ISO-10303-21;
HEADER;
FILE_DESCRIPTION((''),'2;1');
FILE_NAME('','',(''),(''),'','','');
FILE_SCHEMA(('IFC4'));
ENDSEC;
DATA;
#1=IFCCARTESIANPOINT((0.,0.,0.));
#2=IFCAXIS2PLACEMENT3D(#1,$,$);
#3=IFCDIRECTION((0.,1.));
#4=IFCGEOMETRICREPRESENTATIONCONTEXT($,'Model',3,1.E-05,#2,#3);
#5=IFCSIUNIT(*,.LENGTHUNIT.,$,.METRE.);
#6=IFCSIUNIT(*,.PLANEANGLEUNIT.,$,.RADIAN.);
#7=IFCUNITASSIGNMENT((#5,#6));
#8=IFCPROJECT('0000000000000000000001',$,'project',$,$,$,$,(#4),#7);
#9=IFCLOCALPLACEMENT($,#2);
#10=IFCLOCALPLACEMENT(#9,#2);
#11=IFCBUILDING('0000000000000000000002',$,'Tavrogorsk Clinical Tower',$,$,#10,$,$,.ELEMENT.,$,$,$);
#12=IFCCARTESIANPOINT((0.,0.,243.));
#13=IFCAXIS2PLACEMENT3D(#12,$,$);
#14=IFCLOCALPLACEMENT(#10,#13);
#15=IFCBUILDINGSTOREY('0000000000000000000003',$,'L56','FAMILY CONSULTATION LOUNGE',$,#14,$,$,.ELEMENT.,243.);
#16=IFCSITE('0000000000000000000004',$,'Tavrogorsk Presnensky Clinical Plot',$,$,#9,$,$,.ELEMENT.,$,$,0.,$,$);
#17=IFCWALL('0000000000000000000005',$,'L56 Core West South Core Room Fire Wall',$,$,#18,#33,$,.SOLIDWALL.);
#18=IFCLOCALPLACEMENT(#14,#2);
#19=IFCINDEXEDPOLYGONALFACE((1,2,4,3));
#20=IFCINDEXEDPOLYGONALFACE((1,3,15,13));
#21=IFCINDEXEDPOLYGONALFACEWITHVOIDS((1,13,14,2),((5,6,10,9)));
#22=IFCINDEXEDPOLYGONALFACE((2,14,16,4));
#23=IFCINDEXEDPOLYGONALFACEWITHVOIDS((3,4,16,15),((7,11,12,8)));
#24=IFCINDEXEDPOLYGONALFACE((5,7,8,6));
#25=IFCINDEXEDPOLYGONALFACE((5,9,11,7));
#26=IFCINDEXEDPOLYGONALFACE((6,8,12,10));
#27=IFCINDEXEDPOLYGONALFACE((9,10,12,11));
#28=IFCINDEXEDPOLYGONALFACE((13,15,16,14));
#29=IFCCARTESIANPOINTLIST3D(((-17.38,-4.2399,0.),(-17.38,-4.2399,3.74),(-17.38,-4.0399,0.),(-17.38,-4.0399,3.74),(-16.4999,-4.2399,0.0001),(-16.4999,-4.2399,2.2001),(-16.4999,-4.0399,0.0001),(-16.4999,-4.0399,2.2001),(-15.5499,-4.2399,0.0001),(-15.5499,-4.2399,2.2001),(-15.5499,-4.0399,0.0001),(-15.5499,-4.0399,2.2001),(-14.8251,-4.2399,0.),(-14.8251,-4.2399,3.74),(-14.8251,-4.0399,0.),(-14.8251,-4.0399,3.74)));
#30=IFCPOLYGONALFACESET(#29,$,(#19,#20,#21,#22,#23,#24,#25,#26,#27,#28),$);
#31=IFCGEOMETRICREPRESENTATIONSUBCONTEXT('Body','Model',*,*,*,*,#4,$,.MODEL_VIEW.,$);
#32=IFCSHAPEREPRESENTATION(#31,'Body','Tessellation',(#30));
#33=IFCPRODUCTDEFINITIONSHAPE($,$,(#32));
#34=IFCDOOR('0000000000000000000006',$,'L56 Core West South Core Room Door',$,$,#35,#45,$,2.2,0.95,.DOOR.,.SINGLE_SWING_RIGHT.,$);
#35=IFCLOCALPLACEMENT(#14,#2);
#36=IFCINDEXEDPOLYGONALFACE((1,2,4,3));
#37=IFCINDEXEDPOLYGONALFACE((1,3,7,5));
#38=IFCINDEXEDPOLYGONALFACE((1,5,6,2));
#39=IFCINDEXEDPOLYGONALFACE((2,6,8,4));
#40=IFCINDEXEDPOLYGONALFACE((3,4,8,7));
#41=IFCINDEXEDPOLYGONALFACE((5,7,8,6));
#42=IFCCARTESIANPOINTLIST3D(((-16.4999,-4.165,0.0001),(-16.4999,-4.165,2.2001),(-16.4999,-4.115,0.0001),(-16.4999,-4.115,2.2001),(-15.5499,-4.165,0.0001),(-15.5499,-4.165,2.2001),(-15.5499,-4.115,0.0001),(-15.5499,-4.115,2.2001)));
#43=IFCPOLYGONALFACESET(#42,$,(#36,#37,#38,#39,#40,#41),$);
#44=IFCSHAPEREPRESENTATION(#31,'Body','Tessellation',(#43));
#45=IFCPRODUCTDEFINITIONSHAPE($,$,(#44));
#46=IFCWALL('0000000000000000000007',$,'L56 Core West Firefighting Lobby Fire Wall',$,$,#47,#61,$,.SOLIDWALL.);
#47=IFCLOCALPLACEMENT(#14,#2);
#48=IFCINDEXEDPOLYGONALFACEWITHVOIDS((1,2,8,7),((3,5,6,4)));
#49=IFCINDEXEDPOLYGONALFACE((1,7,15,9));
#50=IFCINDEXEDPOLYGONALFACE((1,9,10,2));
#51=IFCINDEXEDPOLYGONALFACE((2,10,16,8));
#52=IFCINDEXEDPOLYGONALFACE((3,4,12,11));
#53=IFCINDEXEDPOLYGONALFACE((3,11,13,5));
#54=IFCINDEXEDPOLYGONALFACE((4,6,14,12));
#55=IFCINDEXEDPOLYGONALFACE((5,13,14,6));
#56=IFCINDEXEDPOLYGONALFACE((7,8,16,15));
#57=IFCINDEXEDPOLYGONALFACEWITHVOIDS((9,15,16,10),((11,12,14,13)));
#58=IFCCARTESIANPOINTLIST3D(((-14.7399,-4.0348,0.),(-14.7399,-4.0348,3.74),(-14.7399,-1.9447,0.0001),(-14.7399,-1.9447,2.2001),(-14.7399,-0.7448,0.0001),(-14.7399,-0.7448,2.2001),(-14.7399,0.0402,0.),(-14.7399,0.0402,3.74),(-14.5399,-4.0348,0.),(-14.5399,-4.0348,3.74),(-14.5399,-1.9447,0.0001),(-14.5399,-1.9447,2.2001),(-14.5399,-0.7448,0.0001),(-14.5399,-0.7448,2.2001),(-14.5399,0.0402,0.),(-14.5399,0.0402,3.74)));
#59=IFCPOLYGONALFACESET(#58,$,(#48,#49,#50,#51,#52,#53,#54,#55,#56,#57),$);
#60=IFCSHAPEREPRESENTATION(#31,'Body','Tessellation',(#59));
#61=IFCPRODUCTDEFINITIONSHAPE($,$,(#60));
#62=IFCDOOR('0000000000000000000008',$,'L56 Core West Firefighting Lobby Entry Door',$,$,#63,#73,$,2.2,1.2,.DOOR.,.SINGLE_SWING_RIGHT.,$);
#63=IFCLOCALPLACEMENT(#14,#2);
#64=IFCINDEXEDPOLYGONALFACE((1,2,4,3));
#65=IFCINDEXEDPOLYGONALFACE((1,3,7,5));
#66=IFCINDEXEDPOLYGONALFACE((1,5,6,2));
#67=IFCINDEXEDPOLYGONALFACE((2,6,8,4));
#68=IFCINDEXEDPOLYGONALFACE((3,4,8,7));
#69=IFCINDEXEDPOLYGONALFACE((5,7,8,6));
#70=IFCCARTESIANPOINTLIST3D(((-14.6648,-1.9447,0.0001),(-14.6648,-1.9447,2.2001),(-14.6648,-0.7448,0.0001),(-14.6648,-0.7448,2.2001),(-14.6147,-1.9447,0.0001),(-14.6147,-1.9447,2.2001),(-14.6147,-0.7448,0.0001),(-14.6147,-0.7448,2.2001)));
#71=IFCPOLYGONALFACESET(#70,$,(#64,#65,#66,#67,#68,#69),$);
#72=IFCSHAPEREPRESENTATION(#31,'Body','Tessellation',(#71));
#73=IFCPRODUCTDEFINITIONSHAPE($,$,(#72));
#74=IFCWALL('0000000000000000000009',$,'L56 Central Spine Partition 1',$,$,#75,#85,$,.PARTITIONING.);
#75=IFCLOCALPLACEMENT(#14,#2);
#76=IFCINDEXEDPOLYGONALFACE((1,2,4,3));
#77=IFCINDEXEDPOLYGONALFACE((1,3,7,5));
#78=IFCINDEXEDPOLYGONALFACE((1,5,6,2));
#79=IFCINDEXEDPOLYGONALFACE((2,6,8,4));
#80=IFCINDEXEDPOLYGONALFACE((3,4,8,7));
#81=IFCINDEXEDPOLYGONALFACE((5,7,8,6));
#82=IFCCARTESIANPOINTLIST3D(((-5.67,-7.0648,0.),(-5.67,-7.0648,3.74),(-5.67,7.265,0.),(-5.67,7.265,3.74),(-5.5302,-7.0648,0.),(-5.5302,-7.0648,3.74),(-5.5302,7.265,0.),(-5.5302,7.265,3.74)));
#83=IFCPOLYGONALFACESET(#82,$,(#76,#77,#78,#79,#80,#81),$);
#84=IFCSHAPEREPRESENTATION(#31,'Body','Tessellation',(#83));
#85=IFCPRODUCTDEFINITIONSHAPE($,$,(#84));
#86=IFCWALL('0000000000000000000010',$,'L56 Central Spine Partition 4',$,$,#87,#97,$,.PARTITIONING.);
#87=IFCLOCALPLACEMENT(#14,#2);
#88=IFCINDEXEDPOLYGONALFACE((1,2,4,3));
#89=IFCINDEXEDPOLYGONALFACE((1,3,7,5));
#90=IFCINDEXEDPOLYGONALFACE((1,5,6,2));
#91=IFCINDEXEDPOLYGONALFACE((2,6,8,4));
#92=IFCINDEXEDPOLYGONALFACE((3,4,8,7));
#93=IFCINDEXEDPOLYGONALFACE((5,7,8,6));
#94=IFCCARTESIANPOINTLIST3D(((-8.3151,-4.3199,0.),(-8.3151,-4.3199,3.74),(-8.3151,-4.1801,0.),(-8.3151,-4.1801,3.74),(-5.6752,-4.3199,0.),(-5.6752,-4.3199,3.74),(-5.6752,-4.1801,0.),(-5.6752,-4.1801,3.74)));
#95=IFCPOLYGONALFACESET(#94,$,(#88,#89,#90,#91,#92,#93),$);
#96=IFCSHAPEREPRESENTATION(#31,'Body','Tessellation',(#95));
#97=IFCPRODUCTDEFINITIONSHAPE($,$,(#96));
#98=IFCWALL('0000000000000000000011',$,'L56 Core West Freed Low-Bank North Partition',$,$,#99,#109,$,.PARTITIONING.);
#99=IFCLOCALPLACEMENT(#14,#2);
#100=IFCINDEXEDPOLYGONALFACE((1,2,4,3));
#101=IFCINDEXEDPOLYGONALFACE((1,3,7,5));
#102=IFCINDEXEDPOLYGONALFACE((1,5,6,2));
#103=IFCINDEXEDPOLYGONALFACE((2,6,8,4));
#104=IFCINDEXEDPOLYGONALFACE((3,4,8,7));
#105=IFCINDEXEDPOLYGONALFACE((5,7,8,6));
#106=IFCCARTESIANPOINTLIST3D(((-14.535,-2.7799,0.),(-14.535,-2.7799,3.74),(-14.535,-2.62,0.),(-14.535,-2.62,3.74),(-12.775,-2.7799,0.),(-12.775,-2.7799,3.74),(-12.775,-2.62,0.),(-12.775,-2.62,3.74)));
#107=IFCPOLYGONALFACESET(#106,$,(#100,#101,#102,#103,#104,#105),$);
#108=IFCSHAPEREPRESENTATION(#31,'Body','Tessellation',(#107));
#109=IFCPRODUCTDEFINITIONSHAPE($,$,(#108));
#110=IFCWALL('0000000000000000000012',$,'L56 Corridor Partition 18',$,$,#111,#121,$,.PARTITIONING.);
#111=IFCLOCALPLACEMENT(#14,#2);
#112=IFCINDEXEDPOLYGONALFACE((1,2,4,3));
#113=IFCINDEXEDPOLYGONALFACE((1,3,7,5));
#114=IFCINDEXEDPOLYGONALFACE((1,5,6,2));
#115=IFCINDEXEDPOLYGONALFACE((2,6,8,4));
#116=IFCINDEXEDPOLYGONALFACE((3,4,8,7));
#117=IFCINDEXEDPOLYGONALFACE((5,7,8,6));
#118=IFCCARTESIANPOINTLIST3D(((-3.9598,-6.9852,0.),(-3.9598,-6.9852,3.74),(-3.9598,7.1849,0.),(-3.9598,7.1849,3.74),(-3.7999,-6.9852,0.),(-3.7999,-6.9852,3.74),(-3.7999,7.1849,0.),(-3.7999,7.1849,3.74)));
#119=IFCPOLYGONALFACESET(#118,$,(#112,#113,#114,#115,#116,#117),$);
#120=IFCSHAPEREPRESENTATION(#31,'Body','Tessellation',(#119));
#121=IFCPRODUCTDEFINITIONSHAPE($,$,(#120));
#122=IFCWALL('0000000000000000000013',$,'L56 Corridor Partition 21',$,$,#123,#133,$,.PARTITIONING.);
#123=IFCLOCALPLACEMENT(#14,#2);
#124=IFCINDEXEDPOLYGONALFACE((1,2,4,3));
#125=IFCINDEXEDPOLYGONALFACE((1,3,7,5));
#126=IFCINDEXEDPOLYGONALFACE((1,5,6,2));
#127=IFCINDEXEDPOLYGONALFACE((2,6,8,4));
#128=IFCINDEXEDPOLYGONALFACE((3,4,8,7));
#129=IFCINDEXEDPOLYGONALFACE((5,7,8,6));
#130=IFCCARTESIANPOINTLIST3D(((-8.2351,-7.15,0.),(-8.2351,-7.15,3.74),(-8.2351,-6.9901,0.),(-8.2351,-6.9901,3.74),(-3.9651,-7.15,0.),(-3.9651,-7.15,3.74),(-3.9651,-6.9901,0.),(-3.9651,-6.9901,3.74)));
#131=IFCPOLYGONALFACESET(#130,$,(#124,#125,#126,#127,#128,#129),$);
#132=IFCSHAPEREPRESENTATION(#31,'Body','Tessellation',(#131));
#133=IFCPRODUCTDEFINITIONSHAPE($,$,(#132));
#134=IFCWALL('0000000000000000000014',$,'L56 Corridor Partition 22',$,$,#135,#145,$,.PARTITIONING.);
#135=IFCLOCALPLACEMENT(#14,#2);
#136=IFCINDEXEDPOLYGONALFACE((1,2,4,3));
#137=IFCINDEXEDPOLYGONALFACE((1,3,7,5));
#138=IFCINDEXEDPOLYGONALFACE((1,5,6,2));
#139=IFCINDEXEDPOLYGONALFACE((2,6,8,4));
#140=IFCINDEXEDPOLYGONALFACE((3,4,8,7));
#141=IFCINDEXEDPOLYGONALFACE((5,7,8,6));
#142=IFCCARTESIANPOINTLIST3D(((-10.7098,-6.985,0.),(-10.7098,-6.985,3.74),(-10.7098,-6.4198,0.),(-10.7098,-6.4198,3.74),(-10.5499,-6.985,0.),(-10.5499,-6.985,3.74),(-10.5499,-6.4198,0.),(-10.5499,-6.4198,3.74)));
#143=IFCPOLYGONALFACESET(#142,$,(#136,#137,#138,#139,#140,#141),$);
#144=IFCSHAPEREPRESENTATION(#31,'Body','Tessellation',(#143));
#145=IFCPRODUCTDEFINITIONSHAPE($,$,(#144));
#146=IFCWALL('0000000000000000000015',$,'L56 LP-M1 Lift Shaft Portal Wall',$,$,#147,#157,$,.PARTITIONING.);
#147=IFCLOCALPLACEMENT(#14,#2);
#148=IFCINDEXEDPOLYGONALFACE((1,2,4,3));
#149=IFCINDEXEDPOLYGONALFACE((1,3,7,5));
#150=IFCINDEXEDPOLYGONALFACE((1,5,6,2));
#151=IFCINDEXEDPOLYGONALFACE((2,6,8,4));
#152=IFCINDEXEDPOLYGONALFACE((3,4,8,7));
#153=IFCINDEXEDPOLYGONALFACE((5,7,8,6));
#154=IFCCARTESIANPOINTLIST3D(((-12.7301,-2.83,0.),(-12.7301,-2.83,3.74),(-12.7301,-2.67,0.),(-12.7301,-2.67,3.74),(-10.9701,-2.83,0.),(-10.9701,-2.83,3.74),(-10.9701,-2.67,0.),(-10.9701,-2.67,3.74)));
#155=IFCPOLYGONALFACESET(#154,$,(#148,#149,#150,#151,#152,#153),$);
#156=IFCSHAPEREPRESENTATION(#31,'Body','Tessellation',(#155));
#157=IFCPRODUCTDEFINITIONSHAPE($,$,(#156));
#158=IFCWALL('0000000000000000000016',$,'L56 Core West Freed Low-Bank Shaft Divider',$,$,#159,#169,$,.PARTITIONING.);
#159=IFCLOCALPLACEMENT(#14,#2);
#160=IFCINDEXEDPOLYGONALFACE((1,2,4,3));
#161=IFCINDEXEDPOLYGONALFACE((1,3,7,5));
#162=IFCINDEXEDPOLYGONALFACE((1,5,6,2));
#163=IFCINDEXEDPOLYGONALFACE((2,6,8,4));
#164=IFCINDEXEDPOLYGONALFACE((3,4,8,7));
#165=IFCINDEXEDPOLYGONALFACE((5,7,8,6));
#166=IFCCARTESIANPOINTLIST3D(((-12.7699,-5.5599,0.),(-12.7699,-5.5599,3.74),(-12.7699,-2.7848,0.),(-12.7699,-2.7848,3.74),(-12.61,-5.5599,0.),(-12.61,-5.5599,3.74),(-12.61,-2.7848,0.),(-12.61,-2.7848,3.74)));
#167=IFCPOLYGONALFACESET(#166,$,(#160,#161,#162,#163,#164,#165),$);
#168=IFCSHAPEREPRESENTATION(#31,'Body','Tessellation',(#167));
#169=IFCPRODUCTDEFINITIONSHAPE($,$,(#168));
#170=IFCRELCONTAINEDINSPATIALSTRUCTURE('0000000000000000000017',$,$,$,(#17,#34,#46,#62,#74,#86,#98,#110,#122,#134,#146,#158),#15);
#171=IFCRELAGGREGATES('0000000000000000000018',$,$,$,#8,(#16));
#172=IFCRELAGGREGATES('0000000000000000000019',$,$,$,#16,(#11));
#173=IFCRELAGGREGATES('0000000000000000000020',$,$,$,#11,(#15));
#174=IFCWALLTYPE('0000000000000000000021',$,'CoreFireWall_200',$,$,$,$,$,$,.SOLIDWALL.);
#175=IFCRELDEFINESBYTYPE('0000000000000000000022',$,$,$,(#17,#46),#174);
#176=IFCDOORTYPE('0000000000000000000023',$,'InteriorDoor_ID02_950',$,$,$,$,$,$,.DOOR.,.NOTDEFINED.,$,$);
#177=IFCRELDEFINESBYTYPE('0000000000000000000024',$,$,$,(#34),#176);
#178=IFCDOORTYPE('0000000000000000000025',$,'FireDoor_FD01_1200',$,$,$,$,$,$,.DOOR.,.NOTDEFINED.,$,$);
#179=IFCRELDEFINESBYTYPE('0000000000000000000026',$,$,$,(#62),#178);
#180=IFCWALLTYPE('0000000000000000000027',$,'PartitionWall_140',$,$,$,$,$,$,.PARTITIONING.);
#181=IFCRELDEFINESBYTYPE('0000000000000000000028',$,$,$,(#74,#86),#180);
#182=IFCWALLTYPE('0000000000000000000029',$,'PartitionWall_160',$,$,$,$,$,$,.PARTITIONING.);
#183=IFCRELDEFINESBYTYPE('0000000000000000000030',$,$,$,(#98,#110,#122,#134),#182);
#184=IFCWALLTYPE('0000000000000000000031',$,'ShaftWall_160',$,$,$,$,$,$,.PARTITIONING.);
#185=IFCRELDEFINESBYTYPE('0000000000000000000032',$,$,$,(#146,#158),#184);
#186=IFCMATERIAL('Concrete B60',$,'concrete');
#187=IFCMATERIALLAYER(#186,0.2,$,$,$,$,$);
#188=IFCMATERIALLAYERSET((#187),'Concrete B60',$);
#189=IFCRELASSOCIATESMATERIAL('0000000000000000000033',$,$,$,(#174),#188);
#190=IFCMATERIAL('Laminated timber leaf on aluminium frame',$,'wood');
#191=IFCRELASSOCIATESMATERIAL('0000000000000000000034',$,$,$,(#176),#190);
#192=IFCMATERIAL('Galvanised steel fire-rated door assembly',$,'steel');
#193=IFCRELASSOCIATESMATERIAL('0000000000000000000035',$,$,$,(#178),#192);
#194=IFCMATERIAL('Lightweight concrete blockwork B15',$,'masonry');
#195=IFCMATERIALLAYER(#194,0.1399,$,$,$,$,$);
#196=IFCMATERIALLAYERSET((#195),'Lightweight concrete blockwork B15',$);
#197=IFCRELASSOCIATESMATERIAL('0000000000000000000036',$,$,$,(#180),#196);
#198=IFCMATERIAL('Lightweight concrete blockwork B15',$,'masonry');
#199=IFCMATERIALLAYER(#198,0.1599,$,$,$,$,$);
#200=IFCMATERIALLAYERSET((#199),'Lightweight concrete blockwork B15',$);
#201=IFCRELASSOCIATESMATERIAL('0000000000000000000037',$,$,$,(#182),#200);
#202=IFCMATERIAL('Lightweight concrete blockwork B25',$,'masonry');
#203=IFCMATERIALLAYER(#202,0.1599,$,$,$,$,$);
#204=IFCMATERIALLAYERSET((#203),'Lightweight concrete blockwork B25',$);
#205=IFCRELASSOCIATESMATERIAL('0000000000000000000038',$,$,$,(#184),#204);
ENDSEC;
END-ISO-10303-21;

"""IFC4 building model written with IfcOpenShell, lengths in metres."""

from ifc_helpers import new_model, si_unit, direction, frame, frame_2d, origin, place, context, subcontext, project, spatial, rectangle, extrude, material, layer, layer_set, type_object, element, fill, save


model = new_model("IFC4")

# Units and contexts
model_context = context("Model", 3, precision=1e-05, world=origin(), true_north=direction((0.0, 1.0)))
body_context = subcontext(model_context, "Body", "Model", "MODEL_VIEW")
ifc_project = project(units=[si_unit("LENGTHUNIT", "METRE"), si_unit("PLANEANGLEUNIT", "RADIAN")], contexts=[model_context])

# Site, building, storey
site_placement = place(None, origin())
site = spatial("IfcSite", under=ifc_project, at=site_placement, Name="Tavrogorsk Presnensky Clinical Plot", CompositionType="ELEMENT", RefElevation=0.0)
building_placement = place(site_placement, origin())
building = spatial("IfcBuilding", under=site, at=building_placement, Name="Tavrogorsk Clinical Tower", CompositionType="ELEMENT")
storey_placement = place(building_placement, frame((0.0, 0.0, 243.0)))
storey = spatial("IfcBuildingStorey", under=building, at=storey_placement, Name="L56", Description="FAMILY CONSULTATION LOUNGE", CompositionType="ELEMENT", Elevation=243.0)

# Walls, openings, doors
ifc_material_1 = material(Name="Concrete B60", Category="concrete")
ifc_layer_1 = layer(ifc_material_1, 0.2)
ifc_layer_set_1 = layer_set([ifc_layer_1], Name="Concrete B60")
wall_type_1 = type_object("IfcWallType", Name="CoreFireWall_200", PredefinedType="SOLIDWALL", material=ifc_layer_set_1)
wall_1_placement = place(storey_placement, frame((-17.3799, -4.1399, 0.0), z_axis=(0.0, 0.0, 1.0), x_axis=(1.0, 0.0, 0.0)))
wall_1 = element("IfcWall", 1, at=wall_1_placement, inside=storey, type_object=wall_type_1, Name="L56 Core West South Core Room Fire Wall", PredefinedType="SOLIDWALL", context=body_context, shape_type="SweptSolid", body=[
    extrude(rectangle(XDim=2.5549, YDim=0.2, at=frame_2d((1.2773, 0.0))), origin(), (0.0, 0.0, 1.0), 3.74),
])
opening_1_placement = place(wall_1_placement, frame((0.8799, 0.0, 0.0)))
opening_1 = element("IfcOpeningElement", 2, at=opening_1_placement, cuts=wall_1, PredefinedType="OPENING", context=body_context, shape_type="SweptSolid", body=[
    extrude(rectangle(XDim=0.95, YDim=2.2, at=frame_2d((0.4751, 1.1001))), frame((0.0, 0.1099, 0.0), z_axis=(0.0, -1.0, 0.0), x_axis=(1.0, 0.0, 0.0)), (0.0, 0.0, 1.0), 0.22),
])
ifc_material_2 = material(Name="Laminated timber leaf on aluminium frame", Category="wood")
door_type_1 = type_object("IfcDoorType", Name="InteriorDoor_ID02_950", OperationType="NOTDEFINED", PredefinedType="DOOR", material=ifc_material_2)
door_1_placement = place(opening_1_placement, origin())
door_1 = element("IfcDoor", 3, at=door_1_placement, inside=storey, type_object=door_type_1, Name="L56 Core West South Core Room Door", OperationType="SINGLE_SWING_RIGHT", OverallHeight=2.2, OverallWidth=0.95, PredefinedType="DOOR", context=body_context, shape_type="SweptSolid", body=[
    extrude(rectangle(XDim=0.95, YDim=2.2, at=frame_2d((0.4751, 1.1001))), frame((0.0, 0.0249, 0.0), z_axis=(0.0, -1.0, 0.0), x_axis=(1.0, 0.0, 0.0)), (0.0, 0.0, 1.0), 0.05),
])
fill(opening_1, door_1)
wall_2_placement = place(storey_placement, frame((-14.6399, -4.0349, 0.0), z_axis=(0.0, 0.0, 1.0), x_axis=(0.0, 1.0, 0.0)))
wall_2 = element("IfcWall", 4, at=wall_2_placement, inside=storey, type_object=wall_type_1, Name="L56 Core West Firefighting Lobby Fire Wall", PredefinedType="SOLIDWALL", context=body_context, shape_type="SweptSolid", body=[
    extrude(rectangle(XDim=4.075, YDim=0.2, at=frame_2d((2.0376, 0.0))), origin(), (0.0, 0.0, 1.0), 3.74),
])
opening_2_placement = place(wall_2_placement, frame((2.0901, 0.0, 0.0)))
opening_2 = element("IfcOpeningElement", 5, at=opening_2_placement, cuts=wall_2, PredefinedType="OPENING", context=body_context, shape_type="SweptSolid", body=[
    extrude(rectangle(XDim=1.2, YDim=2.2, at=frame_2d((0.6001, 1.1001))), frame((0.0, 0.1099, 0.0), z_axis=(0.0, -1.0, 0.0), x_axis=(1.0, 0.0, 0.0)), (0.0, 0.0, 1.0), 0.22),
])
ifc_material_3 = material(Name="Galvanised steel fire-rated door assembly", Category="steel")
door_type_2 = type_object("IfcDoorType", Name="FireDoor_FD01_1200", OperationType="NOTDEFINED", PredefinedType="DOOR", material=ifc_material_3)
door_2_placement = place(opening_2_placement, origin())
door_2 = element("IfcDoor", 6, at=door_2_placement, inside=storey, type_object=door_type_2, Name="L56 Core West Firefighting Lobby Entry Door", OperationType="SINGLE_SWING_RIGHT", OverallHeight=2.2, OverallWidth=1.2, PredefinedType="DOOR", context=body_context, shape_type="SweptSolid", body=[
    extrude(rectangle(XDim=1.2, YDim=2.2, at=frame_2d((0.6001, 1.1001))), frame((0.0, 0.0249, 0.0), z_axis=(0.0, -1.0, 0.0), x_axis=(1.0, 0.0, 0.0)), (0.0, 0.0, 1.0), 0.05),
])
fill(opening_2, door_2)

# Walls
ifc_material_4 = material(Name="Lightweight concrete blockwork B15", Category="masonry")
ifc_layer_2 = layer(ifc_material_4, 0.1399)
ifc_layer_set_2 = layer_set([ifc_layer_2], Name="Lightweight concrete blockwork B15")
wall_type_2 = type_object("IfcWallType", Name="PartitionWall_140", PredefinedType="PARTITIONING", material=ifc_layer_set_2)
wall_3_placement = place(storey_placement, frame((-5.6001, -7.0649, 0.0), z_axis=(0.0, 0.0, 1.0), x_axis=(0.0, 1.0, 0.0)))
element("IfcWall", 7, at=wall_3_placement, inside=storey, type_object=wall_type_2, Name="L56 Central Spine Partition 1", PredefinedType="PARTITIONING", context=body_context, shape_type="SweptSolid", body=[
    extrude(rectangle(XDim=14.3298, YDim=0.1399, at=frame_2d((7.165, 0.0))), origin(), (0.0, 0.0, 1.0), 3.74),
])
wall_4_placement = place(storey_placement, frame((-8.3149, -4.25, 0.0), z_axis=(0.0, 0.0, 1.0), x_axis=(1.0, 0.0, 0.0)))
element("IfcWall", 8, at=wall_4_placement, inside=storey, type_object=wall_type_2, Name="L56 Central Spine Partition 4", PredefinedType="PARTITIONING", context=body_context, shape_type="SweptSolid", body=[
    extrude(rectangle(XDim=2.6399, YDim=0.1399, at=frame_2d((1.3198, 0.0))), origin(), (0.0, 0.0, 1.0), 3.74),
])
ifc_material_5 = material(Name="Lightweight concrete blockwork B15", Category="masonry")
ifc_layer_3 = layer(ifc_material_5, 0.1599)
ifc_layer_set_3 = layer_set([ifc_layer_3], Name="Lightweight concrete blockwork B15")
wall_type_3 = type_object("IfcWallType", Name="PartitionWall_160", PredefinedType="PARTITIONING", material=ifc_layer_set_3)
wall_5_placement = place(storey_placement, frame((-14.5349, -2.7, 0.0), z_axis=(0.0, 0.0, 1.0), x_axis=(1.0, 0.0, 0.0)))
element("IfcWall", 9, at=wall_5_placement, inside=storey, type_object=wall_type_3, Name="L56 Core West Freed Low-Bank North Partition", PredefinedType="PARTITIONING", context=body_context, shape_type="SweptSolid", body=[
    extrude(rectangle(XDim=1.76, YDim=0.1599, at=frame_2d((0.8799, 0.0))), origin(), (0.0, 0.0, 1.0), 3.74),
])
wall_6_placement = place(storey_placement, frame((-3.8799, -6.9851, 0.0), z_axis=(0.0, 0.0, 1.0), x_axis=(0.0, 1.0, 0.0)))
element("IfcWall", 10, at=wall_6_placement, inside=storey, type_object=wall_type_3, Name="L56 Corridor Partition 18", PredefinedType="PARTITIONING", context=body_context, shape_type="SweptSolid", body=[
    extrude(rectangle(XDim=14.1702, YDim=0.1599, at=frame_2d((7.085, 0.0))), origin(), (0.0, 0.0, 1.0), 3.74),
])
wall_7_placement = place(storey_placement, frame((-8.2351, -7.0701, 0.0), z_axis=(0.0, 0.0, 1.0), x_axis=(1.0, 0.0, 0.0)))
element("IfcWall", 11, at=wall_7_placement, inside=storey, type_object=wall_type_3, Name="L56 Corridor Partition 21", PredefinedType="PARTITIONING", context=body_context, shape_type="SweptSolid", body=[
    extrude(rectangle(XDim=4.27, YDim=0.1599, at=frame_2d((2.135, 0.0))), origin(), (0.0, 0.0, 1.0), 3.74),
])
wall_8_placement = place(storey_placement, frame((-10.6299, -6.9851, 0.0), z_axis=(0.0, 0.0, 1.0), x_axis=(0.0, 1.0, 0.0)))
element("IfcWall", 12, at=wall_8_placement, inside=storey, type_object=wall_type_3, Name="L56 Corridor Partition 22", PredefinedType="PARTITIONING", context=body_context, shape_type="SweptSolid", body=[
    extrude(rectangle(XDim=0.5652, YDim=0.1599, at=frame_2d((0.2827, 0.0))), origin(), (0.0, 0.0, 1.0), 3.74),
])
ifc_material_6 = material(Name="Lightweight concrete blockwork B25", Category="masonry")
ifc_layer_4 = layer(ifc_material_6, 0.1599)
ifc_layer_set_4 = layer_set([ifc_layer_4], Name="Lightweight concrete blockwork B25")
wall_type_4 = type_object("IfcWallType", Name="ShaftWall_160", PredefinedType="PARTITIONING", material=ifc_layer_set_4)
wall_9_placement = place(storey_placement, frame((-12.73, -2.75, 0.0), z_axis=(0.0, 0.0, 1.0), x_axis=(1.0, 0.0, 0.0)))
element("IfcWall", 13, at=wall_9_placement, inside=storey, type_object=wall_type_4, Name="L56 LP-M1 Lift Shaft Portal Wall", PredefinedType="PARTITIONING", context=body_context, shape_type="SweptSolid", body=[
    extrude(rectangle(XDim=1.76, YDim=0.1599, at=frame_2d((0.8799, 0.0))), origin(), (0.0, 0.0, 1.0), 3.74),
])
wall_10_placement = place(storey_placement, frame((-12.6899, -5.5601, 0.0), z_axis=(0.0, 0.0, 1.0), x_axis=(0.0, 1.0, 0.0)))
element("IfcWall", 14, at=wall_10_placement, inside=storey, type_object=wall_type_4, Name="L56 Core West Freed Low-Bank Shaft Divider", PredefinedType="PARTITIONING", context=body_context, shape_type="SweptSolid", body=[
    extrude(rectangle(XDim=2.7751, YDim=0.1599, at=frame_2d((1.3877, 0.0))), origin(), (0.0, 0.0, 1.0), 3.74),
])

save(model, "model.ifc")
